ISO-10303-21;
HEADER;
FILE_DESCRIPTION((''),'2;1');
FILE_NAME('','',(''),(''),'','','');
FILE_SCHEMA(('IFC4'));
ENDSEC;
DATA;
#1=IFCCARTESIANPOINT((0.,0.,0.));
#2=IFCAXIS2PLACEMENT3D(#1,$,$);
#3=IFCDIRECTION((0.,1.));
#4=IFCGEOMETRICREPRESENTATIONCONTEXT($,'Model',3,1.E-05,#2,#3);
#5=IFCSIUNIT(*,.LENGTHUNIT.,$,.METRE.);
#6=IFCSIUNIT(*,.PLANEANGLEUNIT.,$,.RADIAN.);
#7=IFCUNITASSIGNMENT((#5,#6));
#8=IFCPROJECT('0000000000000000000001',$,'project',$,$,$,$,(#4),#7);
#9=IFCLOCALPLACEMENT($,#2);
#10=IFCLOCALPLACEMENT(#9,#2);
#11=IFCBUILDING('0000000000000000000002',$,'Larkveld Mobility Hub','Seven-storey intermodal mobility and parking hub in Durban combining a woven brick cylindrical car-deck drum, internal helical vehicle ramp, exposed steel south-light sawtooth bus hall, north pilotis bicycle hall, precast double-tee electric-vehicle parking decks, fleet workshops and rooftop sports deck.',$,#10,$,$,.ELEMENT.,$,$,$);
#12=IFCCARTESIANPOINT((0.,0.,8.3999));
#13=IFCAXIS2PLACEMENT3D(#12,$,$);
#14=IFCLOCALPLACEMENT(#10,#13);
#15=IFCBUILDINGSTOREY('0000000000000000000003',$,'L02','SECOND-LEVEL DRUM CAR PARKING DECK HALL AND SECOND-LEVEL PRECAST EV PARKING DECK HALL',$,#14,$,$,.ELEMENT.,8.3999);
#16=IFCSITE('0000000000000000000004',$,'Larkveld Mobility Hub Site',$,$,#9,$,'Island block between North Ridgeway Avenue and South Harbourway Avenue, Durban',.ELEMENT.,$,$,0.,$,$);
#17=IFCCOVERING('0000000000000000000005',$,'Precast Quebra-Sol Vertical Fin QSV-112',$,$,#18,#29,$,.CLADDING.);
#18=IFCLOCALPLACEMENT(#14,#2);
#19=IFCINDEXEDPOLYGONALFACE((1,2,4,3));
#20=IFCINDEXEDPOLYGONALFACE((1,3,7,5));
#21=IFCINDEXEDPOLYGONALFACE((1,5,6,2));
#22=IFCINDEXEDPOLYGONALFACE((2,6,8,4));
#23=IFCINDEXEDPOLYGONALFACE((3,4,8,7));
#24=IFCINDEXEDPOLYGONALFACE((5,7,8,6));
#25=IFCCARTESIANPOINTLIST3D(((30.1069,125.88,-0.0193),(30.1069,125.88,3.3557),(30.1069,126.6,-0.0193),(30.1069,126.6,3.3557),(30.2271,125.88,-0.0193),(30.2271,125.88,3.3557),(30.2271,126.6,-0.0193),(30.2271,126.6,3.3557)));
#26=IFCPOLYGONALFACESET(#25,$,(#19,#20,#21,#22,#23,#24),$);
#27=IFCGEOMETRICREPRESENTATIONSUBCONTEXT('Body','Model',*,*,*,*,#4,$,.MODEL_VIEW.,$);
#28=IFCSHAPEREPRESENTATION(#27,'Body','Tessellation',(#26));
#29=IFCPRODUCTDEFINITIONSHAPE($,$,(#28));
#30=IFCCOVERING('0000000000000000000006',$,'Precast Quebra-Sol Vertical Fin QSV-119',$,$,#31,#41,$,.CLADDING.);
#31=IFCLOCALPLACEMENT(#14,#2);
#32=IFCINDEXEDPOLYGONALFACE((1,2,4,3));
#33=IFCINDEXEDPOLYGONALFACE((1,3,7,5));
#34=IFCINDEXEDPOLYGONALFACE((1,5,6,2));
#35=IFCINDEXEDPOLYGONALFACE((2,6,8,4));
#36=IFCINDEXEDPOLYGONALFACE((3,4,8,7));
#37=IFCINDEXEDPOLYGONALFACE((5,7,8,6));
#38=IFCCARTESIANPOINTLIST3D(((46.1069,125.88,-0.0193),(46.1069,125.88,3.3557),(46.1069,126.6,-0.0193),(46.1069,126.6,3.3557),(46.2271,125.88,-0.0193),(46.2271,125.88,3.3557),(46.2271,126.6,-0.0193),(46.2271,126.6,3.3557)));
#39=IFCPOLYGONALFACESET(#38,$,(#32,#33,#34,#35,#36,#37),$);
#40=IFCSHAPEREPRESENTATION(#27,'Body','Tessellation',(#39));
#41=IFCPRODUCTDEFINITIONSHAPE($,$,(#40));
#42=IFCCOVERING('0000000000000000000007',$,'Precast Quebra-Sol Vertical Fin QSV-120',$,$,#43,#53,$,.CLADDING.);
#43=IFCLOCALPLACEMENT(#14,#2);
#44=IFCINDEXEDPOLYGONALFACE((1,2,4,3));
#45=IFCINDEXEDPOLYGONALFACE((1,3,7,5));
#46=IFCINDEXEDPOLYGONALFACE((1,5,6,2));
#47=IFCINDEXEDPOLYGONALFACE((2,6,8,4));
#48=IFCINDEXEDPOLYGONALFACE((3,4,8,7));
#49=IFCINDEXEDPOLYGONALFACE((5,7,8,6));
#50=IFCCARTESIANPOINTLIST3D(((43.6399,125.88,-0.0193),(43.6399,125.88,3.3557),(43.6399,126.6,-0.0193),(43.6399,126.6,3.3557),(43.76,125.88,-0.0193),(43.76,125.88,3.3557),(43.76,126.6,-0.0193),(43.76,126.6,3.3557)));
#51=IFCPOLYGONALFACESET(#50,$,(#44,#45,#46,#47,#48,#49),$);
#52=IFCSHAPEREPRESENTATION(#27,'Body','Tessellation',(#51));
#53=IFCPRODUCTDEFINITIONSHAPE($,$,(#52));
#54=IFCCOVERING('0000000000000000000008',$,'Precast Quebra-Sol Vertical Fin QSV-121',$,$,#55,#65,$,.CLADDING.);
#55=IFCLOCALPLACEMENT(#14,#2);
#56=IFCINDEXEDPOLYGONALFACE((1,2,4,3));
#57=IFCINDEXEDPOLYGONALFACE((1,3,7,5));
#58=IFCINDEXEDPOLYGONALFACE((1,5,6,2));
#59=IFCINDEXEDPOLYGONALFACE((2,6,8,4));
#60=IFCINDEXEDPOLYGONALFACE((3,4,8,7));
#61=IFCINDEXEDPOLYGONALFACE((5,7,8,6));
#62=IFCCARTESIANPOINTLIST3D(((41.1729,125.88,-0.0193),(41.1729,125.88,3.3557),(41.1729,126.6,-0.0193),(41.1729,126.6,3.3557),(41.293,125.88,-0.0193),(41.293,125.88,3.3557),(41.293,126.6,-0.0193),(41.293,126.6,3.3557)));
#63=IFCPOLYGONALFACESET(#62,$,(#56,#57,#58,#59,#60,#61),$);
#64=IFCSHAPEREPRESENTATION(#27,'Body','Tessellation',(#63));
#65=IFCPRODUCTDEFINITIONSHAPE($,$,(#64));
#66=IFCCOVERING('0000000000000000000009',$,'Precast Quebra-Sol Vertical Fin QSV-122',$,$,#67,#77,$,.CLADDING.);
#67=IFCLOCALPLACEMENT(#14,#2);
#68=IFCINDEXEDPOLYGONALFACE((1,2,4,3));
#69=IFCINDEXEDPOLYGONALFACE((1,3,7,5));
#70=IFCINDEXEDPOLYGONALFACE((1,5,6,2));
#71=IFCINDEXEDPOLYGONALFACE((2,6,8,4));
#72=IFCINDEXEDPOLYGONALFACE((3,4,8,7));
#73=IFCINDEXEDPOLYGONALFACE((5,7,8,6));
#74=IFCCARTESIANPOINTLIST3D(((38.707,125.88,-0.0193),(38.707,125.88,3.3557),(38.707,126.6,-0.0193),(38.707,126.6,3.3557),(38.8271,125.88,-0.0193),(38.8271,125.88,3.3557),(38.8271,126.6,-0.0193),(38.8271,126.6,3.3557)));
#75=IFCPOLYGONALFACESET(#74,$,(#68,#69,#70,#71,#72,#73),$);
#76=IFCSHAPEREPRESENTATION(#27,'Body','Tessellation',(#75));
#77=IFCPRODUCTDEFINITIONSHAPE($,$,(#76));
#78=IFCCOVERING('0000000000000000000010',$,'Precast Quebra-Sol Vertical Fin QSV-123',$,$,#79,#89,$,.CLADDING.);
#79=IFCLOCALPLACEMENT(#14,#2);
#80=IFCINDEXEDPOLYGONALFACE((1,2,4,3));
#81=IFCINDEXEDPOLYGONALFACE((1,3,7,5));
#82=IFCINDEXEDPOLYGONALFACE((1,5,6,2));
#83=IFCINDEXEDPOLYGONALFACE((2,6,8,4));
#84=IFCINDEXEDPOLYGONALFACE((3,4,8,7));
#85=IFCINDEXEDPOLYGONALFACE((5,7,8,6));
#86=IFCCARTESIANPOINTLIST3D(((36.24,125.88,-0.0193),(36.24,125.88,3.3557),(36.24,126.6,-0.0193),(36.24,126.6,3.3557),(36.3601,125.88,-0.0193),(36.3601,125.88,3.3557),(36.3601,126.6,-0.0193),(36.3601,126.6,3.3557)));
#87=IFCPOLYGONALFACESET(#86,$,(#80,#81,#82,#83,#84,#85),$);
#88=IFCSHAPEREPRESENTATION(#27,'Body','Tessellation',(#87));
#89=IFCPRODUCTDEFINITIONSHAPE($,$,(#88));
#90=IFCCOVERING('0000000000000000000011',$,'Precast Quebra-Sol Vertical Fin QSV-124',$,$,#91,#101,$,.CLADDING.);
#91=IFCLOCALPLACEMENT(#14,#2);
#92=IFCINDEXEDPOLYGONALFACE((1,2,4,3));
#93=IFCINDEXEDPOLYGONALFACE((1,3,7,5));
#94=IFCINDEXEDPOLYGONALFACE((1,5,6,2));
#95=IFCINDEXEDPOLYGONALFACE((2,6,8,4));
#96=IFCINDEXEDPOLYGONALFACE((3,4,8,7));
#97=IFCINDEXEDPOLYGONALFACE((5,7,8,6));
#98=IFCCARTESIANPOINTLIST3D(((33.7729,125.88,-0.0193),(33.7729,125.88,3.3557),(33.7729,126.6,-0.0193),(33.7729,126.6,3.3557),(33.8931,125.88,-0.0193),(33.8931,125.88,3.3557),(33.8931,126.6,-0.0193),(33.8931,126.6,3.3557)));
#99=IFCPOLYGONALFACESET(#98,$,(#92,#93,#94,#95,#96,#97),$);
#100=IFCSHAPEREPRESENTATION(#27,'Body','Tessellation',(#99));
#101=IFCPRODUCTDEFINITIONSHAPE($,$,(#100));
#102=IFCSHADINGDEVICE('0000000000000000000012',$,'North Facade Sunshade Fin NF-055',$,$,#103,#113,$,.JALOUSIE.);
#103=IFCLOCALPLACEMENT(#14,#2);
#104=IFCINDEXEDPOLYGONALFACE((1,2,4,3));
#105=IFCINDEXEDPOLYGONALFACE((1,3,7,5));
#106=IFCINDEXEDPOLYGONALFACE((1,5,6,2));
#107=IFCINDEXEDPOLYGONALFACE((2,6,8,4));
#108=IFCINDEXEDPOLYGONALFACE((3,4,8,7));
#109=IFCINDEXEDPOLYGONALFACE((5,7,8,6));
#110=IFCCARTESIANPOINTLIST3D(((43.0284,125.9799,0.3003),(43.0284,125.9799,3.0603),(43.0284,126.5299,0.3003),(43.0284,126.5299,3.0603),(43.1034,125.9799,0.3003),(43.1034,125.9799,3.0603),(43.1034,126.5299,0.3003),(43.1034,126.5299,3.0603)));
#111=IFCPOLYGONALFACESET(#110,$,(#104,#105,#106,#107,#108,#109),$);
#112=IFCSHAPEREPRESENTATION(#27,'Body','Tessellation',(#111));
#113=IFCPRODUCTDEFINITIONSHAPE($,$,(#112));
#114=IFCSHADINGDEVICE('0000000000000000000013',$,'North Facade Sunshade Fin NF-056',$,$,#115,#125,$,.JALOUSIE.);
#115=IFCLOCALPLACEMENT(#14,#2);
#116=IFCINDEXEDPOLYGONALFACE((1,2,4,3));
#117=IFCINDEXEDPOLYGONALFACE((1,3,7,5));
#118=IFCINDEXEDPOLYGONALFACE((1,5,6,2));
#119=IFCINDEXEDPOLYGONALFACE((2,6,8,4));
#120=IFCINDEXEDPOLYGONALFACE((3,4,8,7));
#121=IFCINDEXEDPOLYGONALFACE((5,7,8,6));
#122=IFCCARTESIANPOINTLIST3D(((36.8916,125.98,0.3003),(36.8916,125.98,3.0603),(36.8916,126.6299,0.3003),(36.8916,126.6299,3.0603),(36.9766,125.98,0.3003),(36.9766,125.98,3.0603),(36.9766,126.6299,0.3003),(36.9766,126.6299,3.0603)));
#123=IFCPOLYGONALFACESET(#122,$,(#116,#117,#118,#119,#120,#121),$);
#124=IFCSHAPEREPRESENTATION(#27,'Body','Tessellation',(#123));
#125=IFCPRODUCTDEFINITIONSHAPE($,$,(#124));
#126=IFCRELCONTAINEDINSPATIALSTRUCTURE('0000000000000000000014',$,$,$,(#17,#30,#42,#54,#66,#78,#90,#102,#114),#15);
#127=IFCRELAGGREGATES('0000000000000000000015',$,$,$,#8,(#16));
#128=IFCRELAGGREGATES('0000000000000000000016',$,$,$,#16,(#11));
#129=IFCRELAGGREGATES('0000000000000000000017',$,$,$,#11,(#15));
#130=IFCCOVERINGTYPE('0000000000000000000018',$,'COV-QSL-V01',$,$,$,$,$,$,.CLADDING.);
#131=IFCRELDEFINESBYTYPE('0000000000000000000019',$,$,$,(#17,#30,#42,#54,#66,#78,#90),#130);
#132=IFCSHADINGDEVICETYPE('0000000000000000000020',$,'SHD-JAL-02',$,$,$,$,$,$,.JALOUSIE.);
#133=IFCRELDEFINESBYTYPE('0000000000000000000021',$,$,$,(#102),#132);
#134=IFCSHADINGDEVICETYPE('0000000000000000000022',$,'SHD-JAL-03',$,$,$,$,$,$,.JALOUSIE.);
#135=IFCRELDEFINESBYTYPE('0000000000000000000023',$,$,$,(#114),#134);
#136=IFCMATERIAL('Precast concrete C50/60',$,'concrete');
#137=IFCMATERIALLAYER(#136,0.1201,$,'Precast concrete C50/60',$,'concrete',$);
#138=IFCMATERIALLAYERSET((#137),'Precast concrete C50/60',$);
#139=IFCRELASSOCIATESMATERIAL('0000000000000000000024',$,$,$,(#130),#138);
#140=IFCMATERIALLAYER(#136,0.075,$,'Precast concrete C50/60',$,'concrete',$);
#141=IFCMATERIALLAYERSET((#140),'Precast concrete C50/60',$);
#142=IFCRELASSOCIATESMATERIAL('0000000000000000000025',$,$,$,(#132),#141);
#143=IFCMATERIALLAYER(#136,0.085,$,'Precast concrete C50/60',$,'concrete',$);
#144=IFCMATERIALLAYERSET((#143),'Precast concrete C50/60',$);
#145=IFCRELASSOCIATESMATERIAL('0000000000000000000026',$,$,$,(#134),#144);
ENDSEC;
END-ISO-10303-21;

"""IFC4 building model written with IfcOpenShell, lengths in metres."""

from ifc_helpers import new_model, si_unit, direction, frame, origin, origin_2d, place, context, subcontext, project, spatial, rectangle, extrude, material, layer, layer_set, type_object, element, save


model = new_model("IFC4")

# Units and contexts
model_context = context("Model", 3, precision=1e-05, world=origin(), true_north=direction((0.0, 1.0)))
body_context = subcontext(model_context, "Body", "Model", "MODEL_VIEW")
ifc_project = project(units=[si_unit("LENGTHUNIT", "METRE"), si_unit("PLANEANGLEUNIT", "RADIAN")], contexts=[model_context])

# Site, building, storey
site_placement = place(None, origin())
site = spatial("IfcSite", under=ifc_project, at=site_placement, Name="Larkveld Mobility Hub Site", LongName="Island block between North Ridgeway Avenue and South Harbourway Avenue, Durban", CompositionType="ELEMENT", RefElevation=0.0)
building_placement = place(site_placement, origin())
building = spatial("IfcBuilding", under=site, at=building_placement, Name="Larkveld Mobility Hub", Description="Seven-storey intermodal mobility and parking hub in Durban combining a woven brick cylindrical car-deck drum, internal helical vehicle ramp, exposed steel south-light sawtooth bus hall, north pilotis bicycle hall, precast double-tee electric-vehicle parking decks, fleet workshops and rooftop sports deck.", CompositionType="ELEMENT")
storey_placement = place(building_placement, frame((0.0, 0.0, 8.3999)))
storey = spatial("IfcBuildingStorey", under=building, at=storey_placement, Name="L02", Description="SECOND-LEVEL DRUM CAR PARKING DECK HALL AND SECOND-LEVEL PRECAST EV PARKING DECK HALL", CompositionType="ELEMENT", Elevation=8.3999)

# Shared definitions
ifc_material_1 = material(Name="Precast concrete C50/60", Category="concrete")

# Coverings
ifc_layer_1 = layer(ifc_material_1, 0.1201, Name="Precast concrete C50/60", Category="concrete")
ifc_layer_set_1 = layer_set([ifc_layer_1], Name="Precast concrete C50/60")
covering_type_1 = type_object("IfcCoveringType", Name="COV-QSL-V01", PredefinedType="CLADDING", material=ifc_layer_set_1)
for number, where, z_axis, x_axis, name in (
    (1, (30.167, 126.24, -0.0193), (0.0, 0.0, 1.0), (-1.0, 0.0, 0.0), "Precast Quebra-Sol Vertical Fin QSV-112"),
    (2, (46.167, 126.24, -0.0193), (0.0, 0.0, 1.0), (-1.0, 0.0, 0.0), "Precast Quebra-Sol Vertical Fin QSV-119"),
    (3, (43.7, 126.24, -0.0193), (0.0, 0.0, 1.0), (-1.0, 0.0, 0.0), "Precast Quebra-Sol Vertical Fin QSV-120"),
    (4, (41.2329, 126.24, -0.0193), (0.0, 0.0, 1.0), (-1.0, 0.0, 0.0), "Precast Quebra-Sol Vertical Fin QSV-121"),
    (5, (38.7671, 126.24, -0.0193), (0.0, 0.0, 1.0), (-1.0, 0.0, 0.0), "Precast Quebra-Sol Vertical Fin QSV-122"),
    (6, (36.3, 126.24, -0.0193), (0.0, 0.0, 1.0), (-1.0, 0.0, 0.0), "Precast Quebra-Sol Vertical Fin QSV-123"),
    (7, (33.833, 126.24, -0.0193), (0.0, 0.0, 1.0), (-1.0, 0.0, 0.0), "Precast Quebra-Sol Vertical Fin QSV-124"),
):
    element("IfcCovering", number, at=place(storey_placement, frame(where, z_axis=z_axis, x_axis=x_axis)), inside=storey, type_object=covering_type_1, Name=name, PredefinedType="CLADDING", context=body_context, shape_type="SweptSolid", body=[
        extrude(rectangle(XDim=0.1201, YDim=0.72, at=origin_2d()), origin(), (0.0, 0.0, 1.0), 3.375),
    ])

# Shading devices
ifc_layer_2 = layer(ifc_material_1, 0.075, Name="Precast concrete C50/60", Category="concrete")
ifc_layer_set_2 = layer_set([ifc_layer_2], Name="Precast concrete C50/60")
shading_device_type_1 = type_object("IfcShadingDeviceType", Name="SHD-JAL-02", PredefinedType="JALOUSIE", material=ifc_layer_set_2)
shading_device_1_placement = place(storey_placement, frame((43.0659, 126.2549, 0.3003), z_axis=(0.0, 0.0, 1.0), x_axis=(1.0, 0.0, 0.0)))
element("IfcShadingDevice", 8, at=shading_device_1_placement, inside=storey, type_object=shading_device_type_1, Name="North Facade Sunshade Fin NF-055", PredefinedType="JALOUSIE", context=body_context, shape_type="SweptSolid", body=[
    extrude(rectangle(XDim=0.075, YDim=0.55, at=origin_2d()), origin(), (0.0, 0.0, 1.0), 2.76),
])
ifc_layer_3 = layer(ifc_material_1, 0.085, Name="Precast concrete C50/60", Category="concrete")
ifc_layer_set_3 = layer_set([ifc_layer_3], Name="Precast concrete C50/60")
shading_device_type_2 = type_object("IfcShadingDeviceType", Name="SHD-JAL-03", PredefinedType="JALOUSIE", material=ifc_layer_set_3)
shading_device_2_placement = place(storey_placement, frame((36.9341, 126.3049, 0.3003), z_axis=(0.0, 0.0, 1.0), x_axis=(1.0, 0.0, 0.0)))
element("IfcShadingDevice", 9, at=shading_device_2_placement, inside=storey, type_object=shading_device_type_2, Name="North Facade Sunshade Fin NF-056", PredefinedType="JALOUSIE", context=body_context, shape_type="SweptSolid", body=[
    extrude(rectangle(XDim=0.085, YDim=0.6499, at=origin_2d()), origin(), (0.0, 0.0, 1.0), 2.76),
])

save(model, "model.ifc")
